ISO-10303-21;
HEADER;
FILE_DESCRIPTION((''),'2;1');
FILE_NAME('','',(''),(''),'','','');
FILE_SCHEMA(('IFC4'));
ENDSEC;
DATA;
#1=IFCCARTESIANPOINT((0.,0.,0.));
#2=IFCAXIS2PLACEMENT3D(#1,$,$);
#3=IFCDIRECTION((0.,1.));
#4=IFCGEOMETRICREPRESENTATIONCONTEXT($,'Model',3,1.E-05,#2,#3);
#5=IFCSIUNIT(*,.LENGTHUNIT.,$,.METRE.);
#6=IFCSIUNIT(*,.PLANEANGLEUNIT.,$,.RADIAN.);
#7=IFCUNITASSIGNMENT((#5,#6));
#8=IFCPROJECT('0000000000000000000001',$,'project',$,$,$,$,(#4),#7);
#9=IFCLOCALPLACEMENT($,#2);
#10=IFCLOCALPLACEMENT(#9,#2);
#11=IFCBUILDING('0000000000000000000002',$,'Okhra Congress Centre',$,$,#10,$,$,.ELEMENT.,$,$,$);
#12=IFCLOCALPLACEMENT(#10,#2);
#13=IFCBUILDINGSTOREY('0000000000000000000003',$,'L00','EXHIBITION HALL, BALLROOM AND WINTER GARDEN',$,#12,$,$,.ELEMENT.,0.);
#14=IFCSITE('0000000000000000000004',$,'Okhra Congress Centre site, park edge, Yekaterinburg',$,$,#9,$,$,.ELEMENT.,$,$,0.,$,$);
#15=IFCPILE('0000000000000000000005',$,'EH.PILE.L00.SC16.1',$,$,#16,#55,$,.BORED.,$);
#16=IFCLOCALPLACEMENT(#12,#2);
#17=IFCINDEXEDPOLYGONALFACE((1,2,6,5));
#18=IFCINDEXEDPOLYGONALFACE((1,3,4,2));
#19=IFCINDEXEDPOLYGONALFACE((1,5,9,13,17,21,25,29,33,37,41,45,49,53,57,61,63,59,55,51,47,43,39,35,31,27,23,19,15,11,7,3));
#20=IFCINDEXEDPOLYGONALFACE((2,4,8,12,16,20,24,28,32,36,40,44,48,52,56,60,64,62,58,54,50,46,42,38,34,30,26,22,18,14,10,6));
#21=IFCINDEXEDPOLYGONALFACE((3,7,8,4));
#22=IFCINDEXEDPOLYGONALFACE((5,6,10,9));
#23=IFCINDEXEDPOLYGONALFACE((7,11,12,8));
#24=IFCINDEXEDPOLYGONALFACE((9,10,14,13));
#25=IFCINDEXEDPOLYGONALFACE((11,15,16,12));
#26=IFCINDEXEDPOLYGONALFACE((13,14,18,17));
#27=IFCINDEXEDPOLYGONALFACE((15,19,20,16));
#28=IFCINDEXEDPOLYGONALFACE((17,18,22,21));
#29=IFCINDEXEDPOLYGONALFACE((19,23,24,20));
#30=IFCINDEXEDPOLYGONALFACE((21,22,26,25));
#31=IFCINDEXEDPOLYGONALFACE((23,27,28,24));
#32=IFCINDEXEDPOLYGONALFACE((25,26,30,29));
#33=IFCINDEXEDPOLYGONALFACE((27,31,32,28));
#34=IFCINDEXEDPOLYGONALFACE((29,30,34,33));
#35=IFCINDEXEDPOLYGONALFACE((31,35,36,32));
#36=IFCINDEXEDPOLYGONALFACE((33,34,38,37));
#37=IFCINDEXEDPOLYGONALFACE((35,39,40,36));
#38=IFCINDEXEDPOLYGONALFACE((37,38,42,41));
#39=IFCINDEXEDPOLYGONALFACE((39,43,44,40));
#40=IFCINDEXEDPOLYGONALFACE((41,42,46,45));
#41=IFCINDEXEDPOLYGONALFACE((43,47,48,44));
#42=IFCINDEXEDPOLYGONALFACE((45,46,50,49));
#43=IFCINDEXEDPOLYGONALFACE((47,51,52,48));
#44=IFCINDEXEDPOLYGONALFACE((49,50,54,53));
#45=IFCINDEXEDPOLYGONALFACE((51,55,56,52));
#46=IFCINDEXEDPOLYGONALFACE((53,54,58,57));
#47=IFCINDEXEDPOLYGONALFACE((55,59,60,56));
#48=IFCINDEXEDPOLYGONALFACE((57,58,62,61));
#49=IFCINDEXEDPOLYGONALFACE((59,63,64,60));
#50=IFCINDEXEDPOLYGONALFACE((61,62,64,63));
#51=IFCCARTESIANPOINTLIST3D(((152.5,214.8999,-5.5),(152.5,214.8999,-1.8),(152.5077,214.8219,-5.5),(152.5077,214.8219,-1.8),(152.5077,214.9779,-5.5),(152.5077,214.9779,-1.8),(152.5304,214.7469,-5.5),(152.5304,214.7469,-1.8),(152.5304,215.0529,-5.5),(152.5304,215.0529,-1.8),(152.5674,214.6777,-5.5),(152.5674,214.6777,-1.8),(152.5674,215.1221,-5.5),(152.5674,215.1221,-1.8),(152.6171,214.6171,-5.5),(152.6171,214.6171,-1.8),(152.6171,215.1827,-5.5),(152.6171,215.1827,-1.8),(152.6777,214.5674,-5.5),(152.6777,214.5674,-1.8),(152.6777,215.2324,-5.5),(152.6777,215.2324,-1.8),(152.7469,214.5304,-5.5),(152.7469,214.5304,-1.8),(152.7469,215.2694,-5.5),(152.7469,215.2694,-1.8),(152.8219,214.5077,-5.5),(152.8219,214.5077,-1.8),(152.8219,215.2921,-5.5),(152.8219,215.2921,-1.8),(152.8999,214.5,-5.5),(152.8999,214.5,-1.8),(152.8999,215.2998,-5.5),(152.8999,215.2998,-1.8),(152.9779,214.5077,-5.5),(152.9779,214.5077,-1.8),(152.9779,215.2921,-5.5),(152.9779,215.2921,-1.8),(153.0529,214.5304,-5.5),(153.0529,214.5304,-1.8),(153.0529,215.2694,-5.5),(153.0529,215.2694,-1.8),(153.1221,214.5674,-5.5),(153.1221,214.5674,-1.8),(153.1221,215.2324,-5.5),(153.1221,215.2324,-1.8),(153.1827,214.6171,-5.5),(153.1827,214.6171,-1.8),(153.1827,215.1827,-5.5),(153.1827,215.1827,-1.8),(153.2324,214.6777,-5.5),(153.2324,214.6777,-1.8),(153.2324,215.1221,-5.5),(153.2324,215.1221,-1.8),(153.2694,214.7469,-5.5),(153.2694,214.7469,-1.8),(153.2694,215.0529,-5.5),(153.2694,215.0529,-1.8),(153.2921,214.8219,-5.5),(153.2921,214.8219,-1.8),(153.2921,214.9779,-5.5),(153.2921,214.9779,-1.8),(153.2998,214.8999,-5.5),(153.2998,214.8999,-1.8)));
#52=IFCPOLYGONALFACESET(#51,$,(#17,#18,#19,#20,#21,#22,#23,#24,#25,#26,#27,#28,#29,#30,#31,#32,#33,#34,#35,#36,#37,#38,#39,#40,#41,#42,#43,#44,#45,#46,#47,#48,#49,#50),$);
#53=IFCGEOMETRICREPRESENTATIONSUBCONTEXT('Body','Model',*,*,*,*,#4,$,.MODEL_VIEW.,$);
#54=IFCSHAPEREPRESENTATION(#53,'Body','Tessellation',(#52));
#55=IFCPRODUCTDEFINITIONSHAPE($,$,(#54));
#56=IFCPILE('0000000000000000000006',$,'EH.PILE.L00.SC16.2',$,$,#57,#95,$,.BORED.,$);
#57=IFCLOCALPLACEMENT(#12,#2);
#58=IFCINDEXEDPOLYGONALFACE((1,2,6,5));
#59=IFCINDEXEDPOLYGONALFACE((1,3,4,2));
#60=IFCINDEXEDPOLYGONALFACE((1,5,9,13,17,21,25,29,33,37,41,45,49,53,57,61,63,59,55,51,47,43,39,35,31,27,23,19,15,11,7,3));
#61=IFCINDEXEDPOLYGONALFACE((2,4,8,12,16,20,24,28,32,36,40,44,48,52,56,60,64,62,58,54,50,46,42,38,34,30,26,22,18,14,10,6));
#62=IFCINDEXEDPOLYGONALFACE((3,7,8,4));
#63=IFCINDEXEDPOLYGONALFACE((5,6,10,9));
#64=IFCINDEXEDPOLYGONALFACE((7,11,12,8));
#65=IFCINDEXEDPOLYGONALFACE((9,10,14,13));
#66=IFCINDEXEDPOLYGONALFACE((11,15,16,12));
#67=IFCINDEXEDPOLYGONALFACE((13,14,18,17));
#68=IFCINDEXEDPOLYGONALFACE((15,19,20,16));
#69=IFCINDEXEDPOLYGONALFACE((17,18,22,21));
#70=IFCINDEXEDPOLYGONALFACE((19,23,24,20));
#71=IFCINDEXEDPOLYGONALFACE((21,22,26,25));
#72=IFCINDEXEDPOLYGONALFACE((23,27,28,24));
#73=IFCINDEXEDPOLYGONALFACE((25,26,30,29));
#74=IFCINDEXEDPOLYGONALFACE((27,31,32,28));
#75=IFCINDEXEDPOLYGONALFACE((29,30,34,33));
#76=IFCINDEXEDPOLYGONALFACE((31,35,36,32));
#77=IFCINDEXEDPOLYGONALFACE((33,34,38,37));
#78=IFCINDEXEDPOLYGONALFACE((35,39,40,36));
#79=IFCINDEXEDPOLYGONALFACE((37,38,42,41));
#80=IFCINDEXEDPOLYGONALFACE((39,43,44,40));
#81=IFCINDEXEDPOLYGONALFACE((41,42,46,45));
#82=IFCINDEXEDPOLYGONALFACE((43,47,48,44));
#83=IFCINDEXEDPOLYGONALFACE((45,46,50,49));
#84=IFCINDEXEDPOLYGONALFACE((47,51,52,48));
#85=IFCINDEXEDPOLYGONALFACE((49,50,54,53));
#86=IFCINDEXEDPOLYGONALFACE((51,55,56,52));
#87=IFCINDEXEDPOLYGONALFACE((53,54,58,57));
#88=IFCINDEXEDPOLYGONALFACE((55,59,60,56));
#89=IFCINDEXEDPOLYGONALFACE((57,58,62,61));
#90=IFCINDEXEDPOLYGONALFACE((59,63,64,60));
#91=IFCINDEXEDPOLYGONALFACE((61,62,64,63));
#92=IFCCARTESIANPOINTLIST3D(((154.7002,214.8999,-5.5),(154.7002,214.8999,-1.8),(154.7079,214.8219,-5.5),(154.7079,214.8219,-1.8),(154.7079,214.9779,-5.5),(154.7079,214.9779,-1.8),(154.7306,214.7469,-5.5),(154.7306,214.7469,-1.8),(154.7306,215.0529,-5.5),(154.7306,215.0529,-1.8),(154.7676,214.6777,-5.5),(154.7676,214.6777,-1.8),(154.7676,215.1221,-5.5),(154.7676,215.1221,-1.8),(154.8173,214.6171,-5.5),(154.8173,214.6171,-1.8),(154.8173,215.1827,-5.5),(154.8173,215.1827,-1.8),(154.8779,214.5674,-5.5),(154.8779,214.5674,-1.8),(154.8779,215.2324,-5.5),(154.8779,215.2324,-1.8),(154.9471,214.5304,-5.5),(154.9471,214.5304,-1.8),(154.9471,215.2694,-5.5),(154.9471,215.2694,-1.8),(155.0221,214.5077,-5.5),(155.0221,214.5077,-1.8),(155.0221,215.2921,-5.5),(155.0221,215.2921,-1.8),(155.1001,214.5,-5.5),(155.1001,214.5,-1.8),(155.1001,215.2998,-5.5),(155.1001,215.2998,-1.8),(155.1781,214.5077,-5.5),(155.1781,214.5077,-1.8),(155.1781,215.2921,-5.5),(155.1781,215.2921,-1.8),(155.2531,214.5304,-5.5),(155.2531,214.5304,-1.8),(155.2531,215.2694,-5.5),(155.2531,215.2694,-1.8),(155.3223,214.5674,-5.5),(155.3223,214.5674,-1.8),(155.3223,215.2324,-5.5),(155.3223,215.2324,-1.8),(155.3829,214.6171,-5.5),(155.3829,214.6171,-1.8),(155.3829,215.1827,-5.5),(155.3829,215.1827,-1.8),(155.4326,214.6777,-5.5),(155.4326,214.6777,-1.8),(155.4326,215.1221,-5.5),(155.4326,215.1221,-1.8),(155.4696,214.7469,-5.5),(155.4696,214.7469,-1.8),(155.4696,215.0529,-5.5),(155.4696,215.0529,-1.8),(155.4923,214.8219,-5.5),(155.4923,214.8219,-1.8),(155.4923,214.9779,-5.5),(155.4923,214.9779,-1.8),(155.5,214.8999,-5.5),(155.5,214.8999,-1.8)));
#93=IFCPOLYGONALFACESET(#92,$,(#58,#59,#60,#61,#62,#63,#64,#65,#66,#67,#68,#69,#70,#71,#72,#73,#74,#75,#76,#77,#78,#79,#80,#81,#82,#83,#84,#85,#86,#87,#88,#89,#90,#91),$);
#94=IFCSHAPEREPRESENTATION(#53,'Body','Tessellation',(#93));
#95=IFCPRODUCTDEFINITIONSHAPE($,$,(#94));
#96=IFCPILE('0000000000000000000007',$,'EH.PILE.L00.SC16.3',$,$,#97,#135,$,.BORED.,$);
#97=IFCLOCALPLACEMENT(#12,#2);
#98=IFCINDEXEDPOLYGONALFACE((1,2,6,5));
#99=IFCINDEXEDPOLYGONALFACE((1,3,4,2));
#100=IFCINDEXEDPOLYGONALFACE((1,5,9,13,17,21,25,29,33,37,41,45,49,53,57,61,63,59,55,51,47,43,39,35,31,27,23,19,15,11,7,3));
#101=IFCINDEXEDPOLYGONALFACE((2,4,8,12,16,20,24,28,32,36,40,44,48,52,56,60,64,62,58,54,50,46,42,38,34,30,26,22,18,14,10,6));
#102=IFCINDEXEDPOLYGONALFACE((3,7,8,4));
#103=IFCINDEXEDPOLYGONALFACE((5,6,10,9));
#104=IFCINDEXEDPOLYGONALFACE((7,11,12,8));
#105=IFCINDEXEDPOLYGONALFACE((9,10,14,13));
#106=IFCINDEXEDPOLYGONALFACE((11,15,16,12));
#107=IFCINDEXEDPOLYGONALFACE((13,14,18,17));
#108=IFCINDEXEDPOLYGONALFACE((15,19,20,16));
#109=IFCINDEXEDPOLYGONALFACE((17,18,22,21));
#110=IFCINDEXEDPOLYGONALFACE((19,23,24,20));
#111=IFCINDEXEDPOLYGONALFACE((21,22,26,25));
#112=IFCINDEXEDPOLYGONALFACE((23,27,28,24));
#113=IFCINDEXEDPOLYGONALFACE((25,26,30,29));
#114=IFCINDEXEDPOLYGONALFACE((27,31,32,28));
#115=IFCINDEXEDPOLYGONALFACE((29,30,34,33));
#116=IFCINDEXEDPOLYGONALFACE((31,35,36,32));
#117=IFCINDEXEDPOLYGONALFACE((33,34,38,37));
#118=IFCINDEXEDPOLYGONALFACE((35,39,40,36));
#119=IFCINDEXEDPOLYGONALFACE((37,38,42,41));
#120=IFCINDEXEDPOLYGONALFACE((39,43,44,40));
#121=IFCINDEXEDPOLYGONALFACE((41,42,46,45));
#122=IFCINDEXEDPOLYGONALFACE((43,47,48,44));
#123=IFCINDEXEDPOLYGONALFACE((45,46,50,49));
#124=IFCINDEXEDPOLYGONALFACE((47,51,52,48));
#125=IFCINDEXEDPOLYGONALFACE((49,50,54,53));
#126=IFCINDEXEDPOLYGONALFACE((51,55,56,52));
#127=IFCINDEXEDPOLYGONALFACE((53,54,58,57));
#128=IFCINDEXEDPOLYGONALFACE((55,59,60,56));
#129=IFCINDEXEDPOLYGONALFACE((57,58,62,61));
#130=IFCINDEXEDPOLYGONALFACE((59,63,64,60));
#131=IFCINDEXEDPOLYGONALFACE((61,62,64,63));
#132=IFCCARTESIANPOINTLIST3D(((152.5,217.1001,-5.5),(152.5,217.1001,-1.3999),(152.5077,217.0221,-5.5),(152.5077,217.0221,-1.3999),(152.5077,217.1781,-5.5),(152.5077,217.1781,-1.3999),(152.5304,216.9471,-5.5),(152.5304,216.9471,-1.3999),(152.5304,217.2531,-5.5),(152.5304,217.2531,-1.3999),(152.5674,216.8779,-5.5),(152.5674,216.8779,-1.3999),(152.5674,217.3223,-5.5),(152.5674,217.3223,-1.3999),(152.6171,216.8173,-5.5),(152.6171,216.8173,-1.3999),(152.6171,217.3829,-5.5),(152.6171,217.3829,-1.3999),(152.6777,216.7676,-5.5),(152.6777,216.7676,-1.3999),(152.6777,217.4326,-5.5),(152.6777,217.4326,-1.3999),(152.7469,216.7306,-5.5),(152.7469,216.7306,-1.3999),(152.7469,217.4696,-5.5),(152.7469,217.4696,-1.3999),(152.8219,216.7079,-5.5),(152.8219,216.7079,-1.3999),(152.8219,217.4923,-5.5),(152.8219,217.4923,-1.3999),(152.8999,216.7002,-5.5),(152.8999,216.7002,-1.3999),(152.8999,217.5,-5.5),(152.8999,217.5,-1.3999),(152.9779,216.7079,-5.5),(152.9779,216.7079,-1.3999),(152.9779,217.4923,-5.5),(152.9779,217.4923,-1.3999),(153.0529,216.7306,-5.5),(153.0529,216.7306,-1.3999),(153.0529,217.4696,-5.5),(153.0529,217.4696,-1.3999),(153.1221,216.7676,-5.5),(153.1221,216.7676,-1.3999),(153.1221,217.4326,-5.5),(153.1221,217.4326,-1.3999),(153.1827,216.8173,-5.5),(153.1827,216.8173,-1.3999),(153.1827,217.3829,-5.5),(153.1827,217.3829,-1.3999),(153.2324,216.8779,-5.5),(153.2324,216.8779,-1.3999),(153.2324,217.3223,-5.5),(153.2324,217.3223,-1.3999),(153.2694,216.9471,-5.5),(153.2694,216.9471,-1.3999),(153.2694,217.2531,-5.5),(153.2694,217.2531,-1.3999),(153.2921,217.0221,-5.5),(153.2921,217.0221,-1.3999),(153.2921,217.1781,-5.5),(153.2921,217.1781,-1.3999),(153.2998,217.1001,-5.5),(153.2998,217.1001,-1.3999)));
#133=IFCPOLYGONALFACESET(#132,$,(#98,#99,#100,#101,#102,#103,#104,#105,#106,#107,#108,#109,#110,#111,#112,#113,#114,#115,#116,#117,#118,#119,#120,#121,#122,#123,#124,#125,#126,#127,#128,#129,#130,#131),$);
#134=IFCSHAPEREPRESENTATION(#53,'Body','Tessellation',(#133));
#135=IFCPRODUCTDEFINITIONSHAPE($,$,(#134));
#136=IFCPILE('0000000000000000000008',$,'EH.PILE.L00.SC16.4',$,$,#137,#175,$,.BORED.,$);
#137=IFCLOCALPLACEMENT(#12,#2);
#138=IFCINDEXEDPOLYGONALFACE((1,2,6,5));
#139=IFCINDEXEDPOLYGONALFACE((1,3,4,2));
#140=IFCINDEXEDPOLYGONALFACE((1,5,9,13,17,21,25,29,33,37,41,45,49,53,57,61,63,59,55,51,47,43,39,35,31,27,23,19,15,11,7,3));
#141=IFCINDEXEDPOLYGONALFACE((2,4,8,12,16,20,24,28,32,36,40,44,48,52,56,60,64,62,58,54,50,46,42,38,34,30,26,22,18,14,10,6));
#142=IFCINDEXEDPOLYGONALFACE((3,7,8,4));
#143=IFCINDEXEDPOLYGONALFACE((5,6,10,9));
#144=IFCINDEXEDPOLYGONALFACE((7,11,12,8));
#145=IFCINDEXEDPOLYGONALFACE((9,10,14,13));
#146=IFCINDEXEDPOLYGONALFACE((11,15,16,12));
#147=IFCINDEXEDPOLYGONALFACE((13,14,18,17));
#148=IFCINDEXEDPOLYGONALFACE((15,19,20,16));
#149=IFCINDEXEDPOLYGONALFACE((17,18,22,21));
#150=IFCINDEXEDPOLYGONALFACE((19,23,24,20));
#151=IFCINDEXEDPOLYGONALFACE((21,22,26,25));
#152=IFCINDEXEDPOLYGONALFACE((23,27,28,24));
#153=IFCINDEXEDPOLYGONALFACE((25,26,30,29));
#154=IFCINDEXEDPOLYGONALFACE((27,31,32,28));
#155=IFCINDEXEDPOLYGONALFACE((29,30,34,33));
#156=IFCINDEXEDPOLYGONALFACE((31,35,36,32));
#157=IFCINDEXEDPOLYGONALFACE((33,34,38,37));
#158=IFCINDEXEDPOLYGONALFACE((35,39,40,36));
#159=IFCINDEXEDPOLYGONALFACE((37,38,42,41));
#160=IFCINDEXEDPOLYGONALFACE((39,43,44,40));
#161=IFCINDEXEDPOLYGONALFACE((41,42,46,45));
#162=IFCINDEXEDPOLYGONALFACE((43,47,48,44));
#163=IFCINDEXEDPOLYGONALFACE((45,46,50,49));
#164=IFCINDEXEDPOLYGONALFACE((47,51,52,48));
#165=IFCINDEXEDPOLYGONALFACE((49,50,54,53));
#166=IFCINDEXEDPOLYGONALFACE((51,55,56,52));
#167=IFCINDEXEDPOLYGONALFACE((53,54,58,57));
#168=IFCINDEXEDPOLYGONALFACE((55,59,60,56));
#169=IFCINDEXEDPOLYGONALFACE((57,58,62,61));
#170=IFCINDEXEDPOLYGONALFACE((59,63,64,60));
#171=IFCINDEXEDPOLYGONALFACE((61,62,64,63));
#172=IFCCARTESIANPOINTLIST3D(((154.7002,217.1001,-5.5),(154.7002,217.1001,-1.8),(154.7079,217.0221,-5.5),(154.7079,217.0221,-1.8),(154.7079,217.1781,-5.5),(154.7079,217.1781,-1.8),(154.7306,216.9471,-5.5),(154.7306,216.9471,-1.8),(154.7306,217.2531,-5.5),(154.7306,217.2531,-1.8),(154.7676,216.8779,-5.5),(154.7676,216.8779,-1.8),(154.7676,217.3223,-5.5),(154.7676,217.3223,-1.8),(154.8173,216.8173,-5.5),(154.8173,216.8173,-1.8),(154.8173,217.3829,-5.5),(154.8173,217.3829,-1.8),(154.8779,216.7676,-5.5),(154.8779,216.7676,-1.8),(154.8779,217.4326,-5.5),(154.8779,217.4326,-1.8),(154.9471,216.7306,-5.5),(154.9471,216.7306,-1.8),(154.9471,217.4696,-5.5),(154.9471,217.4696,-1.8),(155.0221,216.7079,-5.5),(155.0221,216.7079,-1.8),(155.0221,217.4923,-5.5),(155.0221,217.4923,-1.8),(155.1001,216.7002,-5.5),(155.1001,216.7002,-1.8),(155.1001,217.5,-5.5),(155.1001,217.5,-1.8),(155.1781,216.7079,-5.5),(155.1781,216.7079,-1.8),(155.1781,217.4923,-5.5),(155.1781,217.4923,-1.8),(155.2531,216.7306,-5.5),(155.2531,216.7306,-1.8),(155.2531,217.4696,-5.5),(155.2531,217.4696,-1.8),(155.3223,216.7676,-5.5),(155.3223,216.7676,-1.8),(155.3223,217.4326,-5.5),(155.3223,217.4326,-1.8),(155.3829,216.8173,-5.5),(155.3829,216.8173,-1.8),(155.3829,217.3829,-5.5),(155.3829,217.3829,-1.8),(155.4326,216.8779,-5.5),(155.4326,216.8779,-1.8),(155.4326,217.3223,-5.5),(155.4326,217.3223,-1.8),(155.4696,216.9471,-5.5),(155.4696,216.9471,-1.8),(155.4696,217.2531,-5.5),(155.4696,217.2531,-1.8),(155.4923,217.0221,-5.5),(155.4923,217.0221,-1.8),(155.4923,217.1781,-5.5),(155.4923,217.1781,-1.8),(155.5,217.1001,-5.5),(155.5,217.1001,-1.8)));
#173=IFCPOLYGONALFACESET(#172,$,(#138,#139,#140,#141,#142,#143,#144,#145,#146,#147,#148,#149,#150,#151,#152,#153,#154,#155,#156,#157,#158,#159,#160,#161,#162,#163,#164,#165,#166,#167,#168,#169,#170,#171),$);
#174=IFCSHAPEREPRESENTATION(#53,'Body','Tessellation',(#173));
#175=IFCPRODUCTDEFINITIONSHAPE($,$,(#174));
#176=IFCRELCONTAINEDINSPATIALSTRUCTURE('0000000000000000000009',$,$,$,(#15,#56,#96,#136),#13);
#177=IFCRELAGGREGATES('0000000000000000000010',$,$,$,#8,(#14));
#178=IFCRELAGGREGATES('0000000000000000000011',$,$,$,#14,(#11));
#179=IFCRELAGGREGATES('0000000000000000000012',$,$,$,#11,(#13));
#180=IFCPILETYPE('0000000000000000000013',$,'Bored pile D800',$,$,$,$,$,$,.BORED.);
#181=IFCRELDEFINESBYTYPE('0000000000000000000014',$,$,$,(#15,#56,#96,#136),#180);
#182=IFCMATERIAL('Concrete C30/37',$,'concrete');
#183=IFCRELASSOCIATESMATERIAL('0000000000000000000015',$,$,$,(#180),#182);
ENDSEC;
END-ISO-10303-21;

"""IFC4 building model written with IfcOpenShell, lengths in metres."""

from ifc_helpers import new_model, si_unit, direction, frame, origin, origin_2d, place, context, subcontext, project, spatial, circle, extrude, material, material_profile, profile_set, type_object, element, save


model = new_model("IFC4")

# Units and contexts
model_context = context("Model", 3, precision=1e-05, world=origin(), true_north=direction((0.0, 1.0)))
body_context = subcontext(model_context, "Body", "Model", "MODEL_VIEW")
ifc_project = project(units=[si_unit("LENGTHUNIT", "METRE"), si_unit("PLANEANGLEUNIT", "RADIAN")], contexts=[model_context])

# Site, building, storey
site_placement = place(None, origin())
site = spatial("IfcSite", under=ifc_project, at=site_placement, Name="Okhra Congress Centre site, park edge, Yekaterinburg", CompositionType="ELEMENT", RefElevation=0.0)
building_placement = place(site_placement, origin())
building = spatial("IfcBuilding", under=site, at=building_placement, Name="Okhra Congress Centre", CompositionType="ELEMENT")
storey_placement = place(building_placement, origin())
storey = spatial("IfcBuildingStorey", under=building, at=storey_placement, Name="L00", Description="EXHIBITION HALL, BALLROOM AND WINTER GARDEN", CompositionType="ELEMENT", Elevation=0.0)

# Piles
ifc_material_1 = material(Name="Concrete C30/37", Category="concrete")
ifc_material_profile_1 = material_profile(ifc_material_1, circle(Radius=0.3999, at=origin_2d()), Name="D800")
ifc_profile_set_1 = profile_set([ifc_material_profile_1], Name="Concrete C30/37")
pile_type_1 = type_object("IfcPileType", Name="Bored pile D800", PredefinedType="BORED", material=ifc_profile_set_1)
for number, where, z_axis, x_axis, name in (
    (1, (152.8999, 214.8999, -1.8), (0.0, 0.0, -1.0), (1.0, 0.0, 0.0), "EH.PILE.L00.SC16.1"),
    (2, (155.1001, 214.8999, -1.8), (0.0, 0.0, -1.0), (1.0, 0.0, 0.0), "EH.PILE.L00.SC16.2"),
):
    element("IfcPile", number, at=place(storey_placement, frame(where, z_axis=z_axis, x_axis=x_axis)), inside=storey, type_object=pile_type_1, Name=name, PredefinedType="BORED", context=body_context, shape_type="SweptSolid", body=[
        extrude(circle(Radius=0.3999, at=origin_2d()), origin(), (0.0, 0.0, 1.0), 3.7),
    ])
pile_1_placement = place(storey_placement, frame((152.8999, 217.1001, -1.3999), z_axis=(0.0, 0.0, -1.0), x_axis=(1.0, 0.0, 0.0)))
element("IfcPile", 3, at=pile_1_placement, inside=storey, type_object=pile_type_1, Name="EH.PILE.L00.SC16.3", PredefinedType="BORED", context=body_context, shape_type="SweptSolid", body=[
    extrude(circle(Radius=0.3999, at=origin_2d()), origin(), (0.0, 0.0, 1.0), 4.1001),
])
pile_2_placement = place(storey_placement, frame((155.1001, 217.1001, -1.8), z_axis=(0.0, 0.0, -1.0), x_axis=(1.0, 0.0, 0.0)))
element("IfcPile", 4, at=pile_2_placement, inside=storey, type_object=pile_type_1, Name="EH.PILE.L00.SC16.4", PredefinedType="BORED", context=body_context, shape_type="SweptSolid", body=[
    extrude(circle(Radius=0.3999, at=origin_2d()), origin(), (0.0, 0.0, 1.0), 3.7),
])

save(model, "model.ifc")
